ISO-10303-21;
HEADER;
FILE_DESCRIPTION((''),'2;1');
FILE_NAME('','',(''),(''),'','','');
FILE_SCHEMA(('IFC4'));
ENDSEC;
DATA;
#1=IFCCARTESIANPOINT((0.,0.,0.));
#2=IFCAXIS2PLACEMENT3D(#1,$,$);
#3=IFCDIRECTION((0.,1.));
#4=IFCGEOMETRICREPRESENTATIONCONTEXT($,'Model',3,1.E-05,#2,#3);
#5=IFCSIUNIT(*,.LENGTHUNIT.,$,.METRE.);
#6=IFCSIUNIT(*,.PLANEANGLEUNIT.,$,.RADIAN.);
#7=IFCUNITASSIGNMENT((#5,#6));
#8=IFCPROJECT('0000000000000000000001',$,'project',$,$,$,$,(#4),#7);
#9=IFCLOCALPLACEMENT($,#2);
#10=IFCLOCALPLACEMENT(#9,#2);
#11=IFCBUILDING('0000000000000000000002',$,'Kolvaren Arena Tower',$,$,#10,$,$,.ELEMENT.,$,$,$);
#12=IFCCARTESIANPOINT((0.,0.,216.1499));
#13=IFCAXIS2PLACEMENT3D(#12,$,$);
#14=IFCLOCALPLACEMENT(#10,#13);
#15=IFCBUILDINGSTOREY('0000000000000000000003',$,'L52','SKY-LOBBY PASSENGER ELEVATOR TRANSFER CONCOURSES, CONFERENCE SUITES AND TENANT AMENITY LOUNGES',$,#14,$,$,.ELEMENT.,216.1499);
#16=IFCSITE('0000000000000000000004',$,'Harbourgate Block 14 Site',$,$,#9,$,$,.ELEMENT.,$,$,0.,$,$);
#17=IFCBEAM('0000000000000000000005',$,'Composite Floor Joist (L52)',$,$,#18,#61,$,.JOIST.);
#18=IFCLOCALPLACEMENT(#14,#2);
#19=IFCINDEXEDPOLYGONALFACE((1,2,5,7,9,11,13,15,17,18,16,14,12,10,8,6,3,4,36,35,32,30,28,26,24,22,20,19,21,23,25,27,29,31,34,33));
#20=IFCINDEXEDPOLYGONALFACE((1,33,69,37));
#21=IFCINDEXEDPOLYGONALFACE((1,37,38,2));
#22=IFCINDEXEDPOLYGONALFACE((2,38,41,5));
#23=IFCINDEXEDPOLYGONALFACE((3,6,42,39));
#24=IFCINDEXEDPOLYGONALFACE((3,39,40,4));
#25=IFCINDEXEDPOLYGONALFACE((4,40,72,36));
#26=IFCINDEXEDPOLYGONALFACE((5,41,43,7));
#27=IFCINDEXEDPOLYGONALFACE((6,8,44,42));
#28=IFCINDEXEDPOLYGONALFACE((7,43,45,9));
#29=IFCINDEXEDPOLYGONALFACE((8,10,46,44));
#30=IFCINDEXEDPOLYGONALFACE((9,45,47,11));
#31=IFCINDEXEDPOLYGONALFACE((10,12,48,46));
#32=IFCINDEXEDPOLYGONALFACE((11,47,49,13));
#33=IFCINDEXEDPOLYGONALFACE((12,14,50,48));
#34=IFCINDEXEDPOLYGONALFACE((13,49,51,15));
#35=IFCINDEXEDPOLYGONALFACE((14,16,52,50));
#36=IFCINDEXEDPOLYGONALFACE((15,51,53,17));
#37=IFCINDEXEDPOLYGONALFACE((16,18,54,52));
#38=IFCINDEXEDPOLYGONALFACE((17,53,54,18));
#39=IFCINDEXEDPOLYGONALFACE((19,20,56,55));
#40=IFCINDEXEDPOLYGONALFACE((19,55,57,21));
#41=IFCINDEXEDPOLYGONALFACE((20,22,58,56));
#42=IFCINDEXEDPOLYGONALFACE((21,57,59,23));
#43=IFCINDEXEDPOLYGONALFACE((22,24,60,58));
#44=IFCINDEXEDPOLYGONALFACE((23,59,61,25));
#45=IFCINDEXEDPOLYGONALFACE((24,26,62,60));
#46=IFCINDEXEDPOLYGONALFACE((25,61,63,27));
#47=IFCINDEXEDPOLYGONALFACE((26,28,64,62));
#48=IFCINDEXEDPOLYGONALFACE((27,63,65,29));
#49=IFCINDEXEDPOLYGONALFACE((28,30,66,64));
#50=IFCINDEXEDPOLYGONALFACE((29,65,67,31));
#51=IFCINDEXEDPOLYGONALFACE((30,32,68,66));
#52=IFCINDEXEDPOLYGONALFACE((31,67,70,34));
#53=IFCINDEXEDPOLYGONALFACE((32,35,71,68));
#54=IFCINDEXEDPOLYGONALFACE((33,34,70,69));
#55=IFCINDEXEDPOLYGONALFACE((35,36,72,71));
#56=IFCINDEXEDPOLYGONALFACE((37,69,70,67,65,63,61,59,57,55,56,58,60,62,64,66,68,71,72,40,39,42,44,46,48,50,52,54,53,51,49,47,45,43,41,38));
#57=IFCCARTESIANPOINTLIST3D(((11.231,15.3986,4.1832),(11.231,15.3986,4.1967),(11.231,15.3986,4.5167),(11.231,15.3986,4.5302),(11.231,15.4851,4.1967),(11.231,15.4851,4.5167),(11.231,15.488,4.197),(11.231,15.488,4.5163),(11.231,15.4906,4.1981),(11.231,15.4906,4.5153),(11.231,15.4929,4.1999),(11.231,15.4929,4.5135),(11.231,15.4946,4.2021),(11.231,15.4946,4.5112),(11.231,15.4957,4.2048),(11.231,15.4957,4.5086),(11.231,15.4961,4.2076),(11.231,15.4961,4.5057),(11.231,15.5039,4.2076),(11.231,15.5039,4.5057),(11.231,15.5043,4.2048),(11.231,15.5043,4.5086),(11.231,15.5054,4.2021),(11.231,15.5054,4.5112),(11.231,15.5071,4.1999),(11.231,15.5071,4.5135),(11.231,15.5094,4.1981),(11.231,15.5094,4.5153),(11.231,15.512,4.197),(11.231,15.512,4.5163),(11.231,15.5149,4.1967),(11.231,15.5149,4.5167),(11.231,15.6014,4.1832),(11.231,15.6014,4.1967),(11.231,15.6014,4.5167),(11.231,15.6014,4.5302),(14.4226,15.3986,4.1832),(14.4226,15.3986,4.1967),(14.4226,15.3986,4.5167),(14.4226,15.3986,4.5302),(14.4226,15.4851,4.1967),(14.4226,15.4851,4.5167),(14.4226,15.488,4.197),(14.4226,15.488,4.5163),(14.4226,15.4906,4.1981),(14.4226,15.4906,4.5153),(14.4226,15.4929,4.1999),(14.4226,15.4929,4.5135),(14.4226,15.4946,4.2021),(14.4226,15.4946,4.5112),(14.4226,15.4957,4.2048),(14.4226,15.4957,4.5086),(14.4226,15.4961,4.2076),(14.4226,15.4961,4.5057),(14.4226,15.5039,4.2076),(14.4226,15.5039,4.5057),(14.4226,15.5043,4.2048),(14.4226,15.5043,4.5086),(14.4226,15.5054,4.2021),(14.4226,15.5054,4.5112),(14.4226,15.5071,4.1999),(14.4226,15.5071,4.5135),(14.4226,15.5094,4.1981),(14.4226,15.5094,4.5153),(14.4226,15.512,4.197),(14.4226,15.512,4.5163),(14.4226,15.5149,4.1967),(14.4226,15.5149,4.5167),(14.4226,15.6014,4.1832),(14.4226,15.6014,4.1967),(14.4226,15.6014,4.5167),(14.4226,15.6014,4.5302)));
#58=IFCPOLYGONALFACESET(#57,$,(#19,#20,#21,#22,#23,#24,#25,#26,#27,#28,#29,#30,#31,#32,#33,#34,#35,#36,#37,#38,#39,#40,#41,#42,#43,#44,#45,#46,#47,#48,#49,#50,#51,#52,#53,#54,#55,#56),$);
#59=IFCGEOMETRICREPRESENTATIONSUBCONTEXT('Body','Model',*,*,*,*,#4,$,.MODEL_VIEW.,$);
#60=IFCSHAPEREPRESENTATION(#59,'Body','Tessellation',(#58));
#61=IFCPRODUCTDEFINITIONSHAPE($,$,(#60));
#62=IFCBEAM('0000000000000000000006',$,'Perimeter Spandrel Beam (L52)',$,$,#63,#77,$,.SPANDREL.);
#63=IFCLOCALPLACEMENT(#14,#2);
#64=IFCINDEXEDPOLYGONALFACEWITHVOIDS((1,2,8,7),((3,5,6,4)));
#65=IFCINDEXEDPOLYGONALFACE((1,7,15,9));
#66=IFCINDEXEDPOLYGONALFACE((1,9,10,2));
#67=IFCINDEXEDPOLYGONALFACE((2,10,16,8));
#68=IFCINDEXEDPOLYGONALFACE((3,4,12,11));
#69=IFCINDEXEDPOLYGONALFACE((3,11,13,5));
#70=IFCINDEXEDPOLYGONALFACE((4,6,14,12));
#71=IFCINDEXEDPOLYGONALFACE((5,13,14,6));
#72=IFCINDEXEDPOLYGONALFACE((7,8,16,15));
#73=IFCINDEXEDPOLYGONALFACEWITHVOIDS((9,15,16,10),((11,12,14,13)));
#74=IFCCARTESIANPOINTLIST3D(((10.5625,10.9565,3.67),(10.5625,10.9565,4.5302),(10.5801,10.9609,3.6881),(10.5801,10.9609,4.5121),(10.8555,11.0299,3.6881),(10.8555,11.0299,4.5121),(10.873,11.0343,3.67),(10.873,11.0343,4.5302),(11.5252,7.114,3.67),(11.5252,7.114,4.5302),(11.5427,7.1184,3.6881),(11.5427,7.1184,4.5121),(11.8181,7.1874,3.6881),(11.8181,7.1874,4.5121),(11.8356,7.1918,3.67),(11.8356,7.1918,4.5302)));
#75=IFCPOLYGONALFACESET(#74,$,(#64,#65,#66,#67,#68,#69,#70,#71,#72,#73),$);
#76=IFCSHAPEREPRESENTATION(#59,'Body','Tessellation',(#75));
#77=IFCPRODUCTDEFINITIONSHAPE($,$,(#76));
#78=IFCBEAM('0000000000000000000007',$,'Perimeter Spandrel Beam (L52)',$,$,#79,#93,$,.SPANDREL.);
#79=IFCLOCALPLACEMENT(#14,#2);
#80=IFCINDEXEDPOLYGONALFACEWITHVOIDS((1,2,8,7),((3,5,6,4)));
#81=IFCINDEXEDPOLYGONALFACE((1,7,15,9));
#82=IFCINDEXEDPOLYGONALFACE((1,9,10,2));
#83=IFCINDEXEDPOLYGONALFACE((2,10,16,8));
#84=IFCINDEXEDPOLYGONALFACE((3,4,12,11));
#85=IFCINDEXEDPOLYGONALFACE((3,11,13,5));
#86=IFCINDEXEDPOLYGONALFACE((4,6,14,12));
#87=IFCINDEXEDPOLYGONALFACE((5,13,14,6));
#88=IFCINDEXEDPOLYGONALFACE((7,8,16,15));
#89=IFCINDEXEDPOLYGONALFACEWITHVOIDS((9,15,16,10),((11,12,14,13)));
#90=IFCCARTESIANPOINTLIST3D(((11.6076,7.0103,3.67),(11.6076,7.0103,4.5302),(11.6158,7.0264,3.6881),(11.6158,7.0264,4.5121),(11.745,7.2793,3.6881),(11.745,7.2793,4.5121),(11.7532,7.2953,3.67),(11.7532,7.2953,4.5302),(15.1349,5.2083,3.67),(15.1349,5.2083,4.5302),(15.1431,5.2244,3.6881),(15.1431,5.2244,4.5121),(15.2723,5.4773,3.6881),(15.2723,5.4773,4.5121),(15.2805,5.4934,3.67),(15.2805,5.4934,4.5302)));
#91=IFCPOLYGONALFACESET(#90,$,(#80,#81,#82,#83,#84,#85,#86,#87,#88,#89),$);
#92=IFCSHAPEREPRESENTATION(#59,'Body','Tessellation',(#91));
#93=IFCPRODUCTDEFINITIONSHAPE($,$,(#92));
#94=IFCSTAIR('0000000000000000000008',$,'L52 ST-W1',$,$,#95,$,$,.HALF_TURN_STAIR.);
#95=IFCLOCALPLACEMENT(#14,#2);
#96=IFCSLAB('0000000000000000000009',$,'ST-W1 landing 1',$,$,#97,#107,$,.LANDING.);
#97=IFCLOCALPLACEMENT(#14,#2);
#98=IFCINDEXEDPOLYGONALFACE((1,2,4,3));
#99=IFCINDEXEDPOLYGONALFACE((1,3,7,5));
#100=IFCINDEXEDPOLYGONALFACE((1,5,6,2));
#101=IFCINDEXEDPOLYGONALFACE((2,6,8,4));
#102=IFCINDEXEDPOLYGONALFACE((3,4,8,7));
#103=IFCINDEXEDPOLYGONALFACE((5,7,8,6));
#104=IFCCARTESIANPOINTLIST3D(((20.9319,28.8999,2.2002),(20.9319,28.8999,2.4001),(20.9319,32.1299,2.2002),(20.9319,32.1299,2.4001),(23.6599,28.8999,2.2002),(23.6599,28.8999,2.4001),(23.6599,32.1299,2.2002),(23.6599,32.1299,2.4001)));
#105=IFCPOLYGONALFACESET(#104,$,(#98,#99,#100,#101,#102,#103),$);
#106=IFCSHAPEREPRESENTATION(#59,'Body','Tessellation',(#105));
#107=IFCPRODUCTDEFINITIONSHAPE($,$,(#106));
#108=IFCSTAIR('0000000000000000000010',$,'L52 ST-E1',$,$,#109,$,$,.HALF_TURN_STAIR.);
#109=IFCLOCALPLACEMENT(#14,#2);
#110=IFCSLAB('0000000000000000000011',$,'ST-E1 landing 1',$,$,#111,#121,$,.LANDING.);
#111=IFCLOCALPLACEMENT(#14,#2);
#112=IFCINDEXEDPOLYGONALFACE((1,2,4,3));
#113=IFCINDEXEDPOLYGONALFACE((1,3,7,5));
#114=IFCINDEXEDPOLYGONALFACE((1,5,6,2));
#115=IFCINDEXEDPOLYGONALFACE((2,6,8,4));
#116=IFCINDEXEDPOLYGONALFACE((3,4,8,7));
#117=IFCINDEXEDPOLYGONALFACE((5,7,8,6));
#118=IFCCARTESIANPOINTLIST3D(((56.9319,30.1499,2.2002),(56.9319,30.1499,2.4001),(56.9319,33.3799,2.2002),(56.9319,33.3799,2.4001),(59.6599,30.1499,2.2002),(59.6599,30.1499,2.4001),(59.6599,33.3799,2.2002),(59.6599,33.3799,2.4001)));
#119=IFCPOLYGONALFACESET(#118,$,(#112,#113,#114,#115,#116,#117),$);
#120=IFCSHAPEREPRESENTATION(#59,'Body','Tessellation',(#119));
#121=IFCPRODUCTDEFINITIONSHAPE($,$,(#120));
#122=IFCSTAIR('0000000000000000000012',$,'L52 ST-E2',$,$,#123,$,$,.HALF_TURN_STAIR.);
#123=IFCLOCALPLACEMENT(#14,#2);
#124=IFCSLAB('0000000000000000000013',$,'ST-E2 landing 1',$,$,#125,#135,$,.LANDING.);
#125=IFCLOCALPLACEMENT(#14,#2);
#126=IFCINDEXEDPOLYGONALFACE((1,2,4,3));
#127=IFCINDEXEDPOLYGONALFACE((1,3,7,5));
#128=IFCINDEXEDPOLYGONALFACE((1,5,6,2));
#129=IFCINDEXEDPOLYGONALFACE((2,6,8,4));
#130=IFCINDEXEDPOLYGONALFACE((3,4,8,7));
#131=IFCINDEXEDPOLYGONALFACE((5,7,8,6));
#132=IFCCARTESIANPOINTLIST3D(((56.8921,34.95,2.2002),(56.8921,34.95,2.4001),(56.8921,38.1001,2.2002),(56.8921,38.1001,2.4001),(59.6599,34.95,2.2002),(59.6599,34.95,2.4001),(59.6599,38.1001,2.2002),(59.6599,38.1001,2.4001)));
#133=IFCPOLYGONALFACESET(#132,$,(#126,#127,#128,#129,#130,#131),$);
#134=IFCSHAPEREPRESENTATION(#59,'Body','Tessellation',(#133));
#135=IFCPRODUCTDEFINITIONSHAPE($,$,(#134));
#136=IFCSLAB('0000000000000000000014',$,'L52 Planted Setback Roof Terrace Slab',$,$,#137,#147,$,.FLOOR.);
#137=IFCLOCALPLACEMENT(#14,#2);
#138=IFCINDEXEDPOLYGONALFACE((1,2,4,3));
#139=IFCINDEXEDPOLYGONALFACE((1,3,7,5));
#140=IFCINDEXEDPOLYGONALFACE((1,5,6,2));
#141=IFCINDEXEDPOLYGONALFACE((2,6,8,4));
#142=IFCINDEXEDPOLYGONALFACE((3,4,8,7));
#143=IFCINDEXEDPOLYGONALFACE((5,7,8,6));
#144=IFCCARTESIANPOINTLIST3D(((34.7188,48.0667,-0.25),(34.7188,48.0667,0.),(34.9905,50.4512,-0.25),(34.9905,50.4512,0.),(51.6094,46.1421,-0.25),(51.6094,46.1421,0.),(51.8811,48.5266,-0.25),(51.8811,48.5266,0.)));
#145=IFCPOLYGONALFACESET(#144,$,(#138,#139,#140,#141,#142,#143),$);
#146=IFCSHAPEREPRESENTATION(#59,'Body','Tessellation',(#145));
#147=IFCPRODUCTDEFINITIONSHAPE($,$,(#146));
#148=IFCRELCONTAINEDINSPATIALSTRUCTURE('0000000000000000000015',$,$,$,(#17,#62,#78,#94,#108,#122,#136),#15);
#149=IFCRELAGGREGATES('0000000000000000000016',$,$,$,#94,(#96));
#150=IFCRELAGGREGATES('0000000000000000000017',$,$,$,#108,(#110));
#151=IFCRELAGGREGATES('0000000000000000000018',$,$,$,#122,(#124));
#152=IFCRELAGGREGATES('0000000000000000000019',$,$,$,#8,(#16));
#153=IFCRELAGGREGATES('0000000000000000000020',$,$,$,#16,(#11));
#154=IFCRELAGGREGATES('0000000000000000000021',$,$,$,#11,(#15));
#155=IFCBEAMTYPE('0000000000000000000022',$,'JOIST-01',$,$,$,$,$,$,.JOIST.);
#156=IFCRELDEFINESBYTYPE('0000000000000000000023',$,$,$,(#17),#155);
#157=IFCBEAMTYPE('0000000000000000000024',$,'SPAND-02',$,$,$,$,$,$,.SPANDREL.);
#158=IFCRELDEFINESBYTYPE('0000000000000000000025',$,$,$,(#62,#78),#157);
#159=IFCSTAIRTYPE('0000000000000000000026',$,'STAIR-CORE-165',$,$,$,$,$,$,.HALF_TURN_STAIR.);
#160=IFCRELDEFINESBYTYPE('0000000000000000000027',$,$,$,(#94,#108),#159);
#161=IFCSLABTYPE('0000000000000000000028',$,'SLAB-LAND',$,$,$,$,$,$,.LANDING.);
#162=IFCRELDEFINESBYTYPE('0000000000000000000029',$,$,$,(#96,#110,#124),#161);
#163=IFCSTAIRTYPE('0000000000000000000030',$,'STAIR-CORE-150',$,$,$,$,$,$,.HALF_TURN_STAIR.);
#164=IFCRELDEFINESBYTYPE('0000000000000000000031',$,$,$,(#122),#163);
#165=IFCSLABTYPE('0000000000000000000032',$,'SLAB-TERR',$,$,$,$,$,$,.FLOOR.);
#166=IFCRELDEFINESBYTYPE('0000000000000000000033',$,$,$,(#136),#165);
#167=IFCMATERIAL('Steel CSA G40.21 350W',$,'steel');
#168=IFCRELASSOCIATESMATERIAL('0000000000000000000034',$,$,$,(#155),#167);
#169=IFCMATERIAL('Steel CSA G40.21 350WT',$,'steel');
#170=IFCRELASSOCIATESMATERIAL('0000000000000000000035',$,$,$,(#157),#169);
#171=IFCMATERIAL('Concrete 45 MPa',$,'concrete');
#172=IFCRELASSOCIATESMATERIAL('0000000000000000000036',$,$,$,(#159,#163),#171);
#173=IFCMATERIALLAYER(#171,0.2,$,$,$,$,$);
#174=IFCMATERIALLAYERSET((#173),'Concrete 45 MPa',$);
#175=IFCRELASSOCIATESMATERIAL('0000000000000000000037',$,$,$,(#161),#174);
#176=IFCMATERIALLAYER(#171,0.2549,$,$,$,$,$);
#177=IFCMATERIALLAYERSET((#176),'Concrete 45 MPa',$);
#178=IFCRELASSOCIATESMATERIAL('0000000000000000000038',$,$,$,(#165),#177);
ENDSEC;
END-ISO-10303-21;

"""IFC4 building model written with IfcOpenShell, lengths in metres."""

from ifc_helpers import new_model, si_unit, direction, frame, origin, origin_2d, place, context, subcontext, project, spatial, polyline, hollow_rectangle, i_section, outline, extrude, material, layer, layer_set, material_profile, profile_set, type_object, element, aggregate, save


model = new_model("IFC4")

# Units and contexts
model_context = context("Model", 3, precision=1e-05, world=origin(), true_north=direction((0.0, 1.0)))
body_context = subcontext(model_context, "Body", "Model", "MODEL_VIEW")
ifc_project = project(units=[si_unit("LENGTHUNIT", "METRE"), si_unit("PLANEANGLEUNIT", "RADIAN")], contexts=[model_context])

# Site, building, storey
site_placement = place(None, origin())
site = spatial("IfcSite", under=ifc_project, at=site_placement, Name="Harbourgate Block 14 Site", CompositionType="ELEMENT", RefElevation=0.0)
building_placement = place(site_placement, origin())
building = spatial("IfcBuilding", under=site, at=building_placement, Name="Kolvaren Arena Tower", CompositionType="ELEMENT")
storey_placement = place(building_placement, frame((0.0, 0.0, 216.1499)))
storey = spatial("IfcBuildingStorey", under=building, at=storey_placement, Name="L52", Description="SKY-LOBBY PASSENGER ELEVATOR TRANSFER CONCOURSES, CONFERENCE SUITES AND TENANT AMENITY LOUNGES", CompositionType="ELEMENT", Elevation=216.1499)

# Beams
ifc_material_1 = material(Name="Steel CSA G40.21 350W", Category="steel")
ifc_material_profile_1 = material_profile(ifc_material_1, i_section(OverallWidth=0.2029, OverallDepth=0.3469, WebThickness=0.0078, FlangeThickness=0.0134, FilletRadius=0.011, at=origin_2d()), Name="W360x64")
ifc_profile_set_1 = profile_set([ifc_material_profile_1], Name="Steel CSA G40.21 350W")
beam_type_1 = type_object("IfcBeamType", Name="JOIST-01", PredefinedType="JOIST", material=ifc_profile_set_1)
beam_1_placement = place(storey_placement, frame((11.231, 15.5, 4.3567), z_axis=(1.0, 0.0, 0.0), x_axis=(0.0, 1.0, 0.0)))
element("IfcBeam", 1, at=beam_1_placement, inside=storey, type_object=beam_type_1, Name="Composite Floor Joist (L52)", PredefinedType="JOIST", context=body_context, shape_type="SweptSolid", body=[
    extrude(i_section(OverallWidth=0.2029, OverallDepth=0.3469, WebThickness=0.0078, FlangeThickness=0.0134, FilletRadius=0.011, at=origin_2d()), origin(), (0.0, 0.0, 1.0), 3.1917),
])
ifc_material_2 = material(Name="Steel CSA G40.21 350WT", Category="steel")
ifc_material_profile_2 = material_profile(ifc_material_2, hollow_rectangle(XDim=0.3201, YDim=0.8601, WallThickness=0.0181, at=origin_2d()), Name="HSS 860x320x18")
ifc_profile_set_2 = profile_set([ifc_material_profile_2], Name="Steel CSA G40.21 350WT")
beam_type_2 = type_object("IfcBeamType", Name="SPAND-02", PredefinedType="SPANDREL", material=ifc_profile_set_2)
beam_2_placement = place(storey_placement, frame((10.7178, 10.9954, 4.1001), z_axis=(0.243014, -0.970023, 0.0), x_axis=(0.970023, 0.243014, 0.0)))
element("IfcBeam", 2, at=beam_2_placement, inside=storey, type_object=beam_type_2, Name="Perimeter Spandrel Beam (L52)", PredefinedType="SPANDREL", context=body_context, shape_type="SweptSolid", body=[
    extrude(hollow_rectangle(XDim=0.3201, YDim=0.8601, WallThickness=0.0181, at=origin_2d()), origin(), (0.0, 0.0, 1.0), 3.9612),
])
beam_3_placement = place(storey_placement, frame((11.6804, 7.1528, 4.1001), z_axis=(0.890523, -0.454938, 0.0), x_axis=(0.454938, 0.890523, 0.0)))
element("IfcBeam", 3, at=beam_3_placement, inside=storey, type_object=beam_type_2, Name="Perimeter Spandrel Beam (L52)", PredefinedType="SPANDREL", context=body_context, shape_type="SweptSolid", body=[
    extrude(hollow_rectangle(XDim=0.3201, YDim=0.8601, WallThickness=0.0181, at=origin_2d()), origin(), (0.0, 0.0, 1.0), 3.9609),
])

# Stairs, slabs
ifc_material_3 = material(Name="Concrete 45 MPa", Category="concrete")
stair_type_1 = type_object("IfcStairType", Name="STAIR-CORE-165", PredefinedType="HALF_TURN_STAIR", material=ifc_material_3)
stair_1_placement = place(storey_placement, origin())
stair_1 = element("IfcStair", 4, at=stair_1_placement, inside=storey, type_object=stair_type_1, Name="L52 ST-W1", PredefinedType="HALF_TURN_STAIR")
ifc_layer_1 = layer(ifc_material_3, 0.2)
ifc_layer_set_1 = layer_set([ifc_layer_1], Name="Concrete 45 MPa")
slab_type_1 = type_object("IfcSlabType", Name="SLAB-LAND", PredefinedType="LANDING", material=ifc_layer_set_1)
slab_1_placement = place(storey_placement, frame((0.0, 0.0, 2.2002)))
slab_1 = element("IfcSlab", 5, at=slab_1_placement, type_object=slab_type_1, Name="ST-W1 landing 1", PredefinedType="LANDING", context=body_context, shape_type="SweptSolid", body=[
    extrude(outline(polyline([(20.9319, 28.8999), (23.6599, 28.8999), (23.6599, 32.1299), (20.9319, 32.1299), (20.9319, 28.8999)])), origin(), (0.0, 0.0, 1.0), 0.2),
])
aggregate(stair_1, [slab_1])
stair_2_placement = place(storey_placement, origin())
stair_2 = element("IfcStair", 6, at=stair_2_placement, inside=storey, type_object=stair_type_1, Name="L52 ST-E1", PredefinedType="HALF_TURN_STAIR")
slab_2_placement = place(storey_placement, frame((0.0, 0.0, 2.2002)))
slab_2 = element("IfcSlab", 7, at=slab_2_placement, type_object=slab_type_1, Name="ST-E1 landing 1", PredefinedType="LANDING", context=body_context, shape_type="SweptSolid", body=[
    extrude(outline(polyline([(56.9319, 30.1499), (59.6599, 30.1499), (59.6599, 33.3799), (56.9319, 33.3799), (56.9319, 30.1499)])), origin(), (0.0, 0.0, 1.0), 0.2),
])
aggregate(stair_2, [slab_2])
stair_type_2 = type_object("IfcStairType", Name="STAIR-CORE-150", PredefinedType="HALF_TURN_STAIR", material=ifc_material_3)
stair_3_placement = place(storey_placement, origin())
stair_3 = element("IfcStair", 8, at=stair_3_placement, inside=storey, type_object=stair_type_2, Name="L52 ST-E2", PredefinedType="HALF_TURN_STAIR")
slab_3_placement = place(storey_placement, frame((0.0, 0.0, 2.2002)))
slab_3 = element("IfcSlab", 9, at=slab_3_placement, type_object=slab_type_1, Name="ST-E2 landing 1", PredefinedType="LANDING", context=body_context, shape_type="SweptSolid", body=[
    extrude(outline(polyline([(56.8921, 34.95), (59.6599, 34.95), (59.6599, 38.1001), (56.8921, 38.1001), (56.8921, 34.95)])), origin(), (0.0, 0.0, 1.0), 0.2),
])
aggregate(stair_3, [slab_3])

# Slab
ifc_layer_2 = layer(ifc_material_3, 0.2549)
ifc_layer_set_2 = layer_set([ifc_layer_2], Name="Concrete 45 MPa")
slab_type_2 = type_object("IfcSlabType", Name="SLAB-TERR", PredefinedType="FLOOR", material=ifc_layer_set_2)
slab_4_placement = place(storey_placement, frame((0.0, 0.0, -0.25)))
element("IfcSlab", 10, at=slab_4_placement, inside=storey, type_object=slab_type_2, Name="L52 Planted Setback Roof Terrace Slab", PredefinedType="FLOOR", context=body_context, shape_type="SweptSolid", body=[
    extrude(outline(polyline([(34.7188, 48.0667), (51.6094, 46.1421), (51.8811, 48.5266), (34.9905, 50.4512), (34.7188, 48.0667)])), origin(), (0.0, 0.0, 1.0), 0.25),
])

save(model, "model.ifc")
